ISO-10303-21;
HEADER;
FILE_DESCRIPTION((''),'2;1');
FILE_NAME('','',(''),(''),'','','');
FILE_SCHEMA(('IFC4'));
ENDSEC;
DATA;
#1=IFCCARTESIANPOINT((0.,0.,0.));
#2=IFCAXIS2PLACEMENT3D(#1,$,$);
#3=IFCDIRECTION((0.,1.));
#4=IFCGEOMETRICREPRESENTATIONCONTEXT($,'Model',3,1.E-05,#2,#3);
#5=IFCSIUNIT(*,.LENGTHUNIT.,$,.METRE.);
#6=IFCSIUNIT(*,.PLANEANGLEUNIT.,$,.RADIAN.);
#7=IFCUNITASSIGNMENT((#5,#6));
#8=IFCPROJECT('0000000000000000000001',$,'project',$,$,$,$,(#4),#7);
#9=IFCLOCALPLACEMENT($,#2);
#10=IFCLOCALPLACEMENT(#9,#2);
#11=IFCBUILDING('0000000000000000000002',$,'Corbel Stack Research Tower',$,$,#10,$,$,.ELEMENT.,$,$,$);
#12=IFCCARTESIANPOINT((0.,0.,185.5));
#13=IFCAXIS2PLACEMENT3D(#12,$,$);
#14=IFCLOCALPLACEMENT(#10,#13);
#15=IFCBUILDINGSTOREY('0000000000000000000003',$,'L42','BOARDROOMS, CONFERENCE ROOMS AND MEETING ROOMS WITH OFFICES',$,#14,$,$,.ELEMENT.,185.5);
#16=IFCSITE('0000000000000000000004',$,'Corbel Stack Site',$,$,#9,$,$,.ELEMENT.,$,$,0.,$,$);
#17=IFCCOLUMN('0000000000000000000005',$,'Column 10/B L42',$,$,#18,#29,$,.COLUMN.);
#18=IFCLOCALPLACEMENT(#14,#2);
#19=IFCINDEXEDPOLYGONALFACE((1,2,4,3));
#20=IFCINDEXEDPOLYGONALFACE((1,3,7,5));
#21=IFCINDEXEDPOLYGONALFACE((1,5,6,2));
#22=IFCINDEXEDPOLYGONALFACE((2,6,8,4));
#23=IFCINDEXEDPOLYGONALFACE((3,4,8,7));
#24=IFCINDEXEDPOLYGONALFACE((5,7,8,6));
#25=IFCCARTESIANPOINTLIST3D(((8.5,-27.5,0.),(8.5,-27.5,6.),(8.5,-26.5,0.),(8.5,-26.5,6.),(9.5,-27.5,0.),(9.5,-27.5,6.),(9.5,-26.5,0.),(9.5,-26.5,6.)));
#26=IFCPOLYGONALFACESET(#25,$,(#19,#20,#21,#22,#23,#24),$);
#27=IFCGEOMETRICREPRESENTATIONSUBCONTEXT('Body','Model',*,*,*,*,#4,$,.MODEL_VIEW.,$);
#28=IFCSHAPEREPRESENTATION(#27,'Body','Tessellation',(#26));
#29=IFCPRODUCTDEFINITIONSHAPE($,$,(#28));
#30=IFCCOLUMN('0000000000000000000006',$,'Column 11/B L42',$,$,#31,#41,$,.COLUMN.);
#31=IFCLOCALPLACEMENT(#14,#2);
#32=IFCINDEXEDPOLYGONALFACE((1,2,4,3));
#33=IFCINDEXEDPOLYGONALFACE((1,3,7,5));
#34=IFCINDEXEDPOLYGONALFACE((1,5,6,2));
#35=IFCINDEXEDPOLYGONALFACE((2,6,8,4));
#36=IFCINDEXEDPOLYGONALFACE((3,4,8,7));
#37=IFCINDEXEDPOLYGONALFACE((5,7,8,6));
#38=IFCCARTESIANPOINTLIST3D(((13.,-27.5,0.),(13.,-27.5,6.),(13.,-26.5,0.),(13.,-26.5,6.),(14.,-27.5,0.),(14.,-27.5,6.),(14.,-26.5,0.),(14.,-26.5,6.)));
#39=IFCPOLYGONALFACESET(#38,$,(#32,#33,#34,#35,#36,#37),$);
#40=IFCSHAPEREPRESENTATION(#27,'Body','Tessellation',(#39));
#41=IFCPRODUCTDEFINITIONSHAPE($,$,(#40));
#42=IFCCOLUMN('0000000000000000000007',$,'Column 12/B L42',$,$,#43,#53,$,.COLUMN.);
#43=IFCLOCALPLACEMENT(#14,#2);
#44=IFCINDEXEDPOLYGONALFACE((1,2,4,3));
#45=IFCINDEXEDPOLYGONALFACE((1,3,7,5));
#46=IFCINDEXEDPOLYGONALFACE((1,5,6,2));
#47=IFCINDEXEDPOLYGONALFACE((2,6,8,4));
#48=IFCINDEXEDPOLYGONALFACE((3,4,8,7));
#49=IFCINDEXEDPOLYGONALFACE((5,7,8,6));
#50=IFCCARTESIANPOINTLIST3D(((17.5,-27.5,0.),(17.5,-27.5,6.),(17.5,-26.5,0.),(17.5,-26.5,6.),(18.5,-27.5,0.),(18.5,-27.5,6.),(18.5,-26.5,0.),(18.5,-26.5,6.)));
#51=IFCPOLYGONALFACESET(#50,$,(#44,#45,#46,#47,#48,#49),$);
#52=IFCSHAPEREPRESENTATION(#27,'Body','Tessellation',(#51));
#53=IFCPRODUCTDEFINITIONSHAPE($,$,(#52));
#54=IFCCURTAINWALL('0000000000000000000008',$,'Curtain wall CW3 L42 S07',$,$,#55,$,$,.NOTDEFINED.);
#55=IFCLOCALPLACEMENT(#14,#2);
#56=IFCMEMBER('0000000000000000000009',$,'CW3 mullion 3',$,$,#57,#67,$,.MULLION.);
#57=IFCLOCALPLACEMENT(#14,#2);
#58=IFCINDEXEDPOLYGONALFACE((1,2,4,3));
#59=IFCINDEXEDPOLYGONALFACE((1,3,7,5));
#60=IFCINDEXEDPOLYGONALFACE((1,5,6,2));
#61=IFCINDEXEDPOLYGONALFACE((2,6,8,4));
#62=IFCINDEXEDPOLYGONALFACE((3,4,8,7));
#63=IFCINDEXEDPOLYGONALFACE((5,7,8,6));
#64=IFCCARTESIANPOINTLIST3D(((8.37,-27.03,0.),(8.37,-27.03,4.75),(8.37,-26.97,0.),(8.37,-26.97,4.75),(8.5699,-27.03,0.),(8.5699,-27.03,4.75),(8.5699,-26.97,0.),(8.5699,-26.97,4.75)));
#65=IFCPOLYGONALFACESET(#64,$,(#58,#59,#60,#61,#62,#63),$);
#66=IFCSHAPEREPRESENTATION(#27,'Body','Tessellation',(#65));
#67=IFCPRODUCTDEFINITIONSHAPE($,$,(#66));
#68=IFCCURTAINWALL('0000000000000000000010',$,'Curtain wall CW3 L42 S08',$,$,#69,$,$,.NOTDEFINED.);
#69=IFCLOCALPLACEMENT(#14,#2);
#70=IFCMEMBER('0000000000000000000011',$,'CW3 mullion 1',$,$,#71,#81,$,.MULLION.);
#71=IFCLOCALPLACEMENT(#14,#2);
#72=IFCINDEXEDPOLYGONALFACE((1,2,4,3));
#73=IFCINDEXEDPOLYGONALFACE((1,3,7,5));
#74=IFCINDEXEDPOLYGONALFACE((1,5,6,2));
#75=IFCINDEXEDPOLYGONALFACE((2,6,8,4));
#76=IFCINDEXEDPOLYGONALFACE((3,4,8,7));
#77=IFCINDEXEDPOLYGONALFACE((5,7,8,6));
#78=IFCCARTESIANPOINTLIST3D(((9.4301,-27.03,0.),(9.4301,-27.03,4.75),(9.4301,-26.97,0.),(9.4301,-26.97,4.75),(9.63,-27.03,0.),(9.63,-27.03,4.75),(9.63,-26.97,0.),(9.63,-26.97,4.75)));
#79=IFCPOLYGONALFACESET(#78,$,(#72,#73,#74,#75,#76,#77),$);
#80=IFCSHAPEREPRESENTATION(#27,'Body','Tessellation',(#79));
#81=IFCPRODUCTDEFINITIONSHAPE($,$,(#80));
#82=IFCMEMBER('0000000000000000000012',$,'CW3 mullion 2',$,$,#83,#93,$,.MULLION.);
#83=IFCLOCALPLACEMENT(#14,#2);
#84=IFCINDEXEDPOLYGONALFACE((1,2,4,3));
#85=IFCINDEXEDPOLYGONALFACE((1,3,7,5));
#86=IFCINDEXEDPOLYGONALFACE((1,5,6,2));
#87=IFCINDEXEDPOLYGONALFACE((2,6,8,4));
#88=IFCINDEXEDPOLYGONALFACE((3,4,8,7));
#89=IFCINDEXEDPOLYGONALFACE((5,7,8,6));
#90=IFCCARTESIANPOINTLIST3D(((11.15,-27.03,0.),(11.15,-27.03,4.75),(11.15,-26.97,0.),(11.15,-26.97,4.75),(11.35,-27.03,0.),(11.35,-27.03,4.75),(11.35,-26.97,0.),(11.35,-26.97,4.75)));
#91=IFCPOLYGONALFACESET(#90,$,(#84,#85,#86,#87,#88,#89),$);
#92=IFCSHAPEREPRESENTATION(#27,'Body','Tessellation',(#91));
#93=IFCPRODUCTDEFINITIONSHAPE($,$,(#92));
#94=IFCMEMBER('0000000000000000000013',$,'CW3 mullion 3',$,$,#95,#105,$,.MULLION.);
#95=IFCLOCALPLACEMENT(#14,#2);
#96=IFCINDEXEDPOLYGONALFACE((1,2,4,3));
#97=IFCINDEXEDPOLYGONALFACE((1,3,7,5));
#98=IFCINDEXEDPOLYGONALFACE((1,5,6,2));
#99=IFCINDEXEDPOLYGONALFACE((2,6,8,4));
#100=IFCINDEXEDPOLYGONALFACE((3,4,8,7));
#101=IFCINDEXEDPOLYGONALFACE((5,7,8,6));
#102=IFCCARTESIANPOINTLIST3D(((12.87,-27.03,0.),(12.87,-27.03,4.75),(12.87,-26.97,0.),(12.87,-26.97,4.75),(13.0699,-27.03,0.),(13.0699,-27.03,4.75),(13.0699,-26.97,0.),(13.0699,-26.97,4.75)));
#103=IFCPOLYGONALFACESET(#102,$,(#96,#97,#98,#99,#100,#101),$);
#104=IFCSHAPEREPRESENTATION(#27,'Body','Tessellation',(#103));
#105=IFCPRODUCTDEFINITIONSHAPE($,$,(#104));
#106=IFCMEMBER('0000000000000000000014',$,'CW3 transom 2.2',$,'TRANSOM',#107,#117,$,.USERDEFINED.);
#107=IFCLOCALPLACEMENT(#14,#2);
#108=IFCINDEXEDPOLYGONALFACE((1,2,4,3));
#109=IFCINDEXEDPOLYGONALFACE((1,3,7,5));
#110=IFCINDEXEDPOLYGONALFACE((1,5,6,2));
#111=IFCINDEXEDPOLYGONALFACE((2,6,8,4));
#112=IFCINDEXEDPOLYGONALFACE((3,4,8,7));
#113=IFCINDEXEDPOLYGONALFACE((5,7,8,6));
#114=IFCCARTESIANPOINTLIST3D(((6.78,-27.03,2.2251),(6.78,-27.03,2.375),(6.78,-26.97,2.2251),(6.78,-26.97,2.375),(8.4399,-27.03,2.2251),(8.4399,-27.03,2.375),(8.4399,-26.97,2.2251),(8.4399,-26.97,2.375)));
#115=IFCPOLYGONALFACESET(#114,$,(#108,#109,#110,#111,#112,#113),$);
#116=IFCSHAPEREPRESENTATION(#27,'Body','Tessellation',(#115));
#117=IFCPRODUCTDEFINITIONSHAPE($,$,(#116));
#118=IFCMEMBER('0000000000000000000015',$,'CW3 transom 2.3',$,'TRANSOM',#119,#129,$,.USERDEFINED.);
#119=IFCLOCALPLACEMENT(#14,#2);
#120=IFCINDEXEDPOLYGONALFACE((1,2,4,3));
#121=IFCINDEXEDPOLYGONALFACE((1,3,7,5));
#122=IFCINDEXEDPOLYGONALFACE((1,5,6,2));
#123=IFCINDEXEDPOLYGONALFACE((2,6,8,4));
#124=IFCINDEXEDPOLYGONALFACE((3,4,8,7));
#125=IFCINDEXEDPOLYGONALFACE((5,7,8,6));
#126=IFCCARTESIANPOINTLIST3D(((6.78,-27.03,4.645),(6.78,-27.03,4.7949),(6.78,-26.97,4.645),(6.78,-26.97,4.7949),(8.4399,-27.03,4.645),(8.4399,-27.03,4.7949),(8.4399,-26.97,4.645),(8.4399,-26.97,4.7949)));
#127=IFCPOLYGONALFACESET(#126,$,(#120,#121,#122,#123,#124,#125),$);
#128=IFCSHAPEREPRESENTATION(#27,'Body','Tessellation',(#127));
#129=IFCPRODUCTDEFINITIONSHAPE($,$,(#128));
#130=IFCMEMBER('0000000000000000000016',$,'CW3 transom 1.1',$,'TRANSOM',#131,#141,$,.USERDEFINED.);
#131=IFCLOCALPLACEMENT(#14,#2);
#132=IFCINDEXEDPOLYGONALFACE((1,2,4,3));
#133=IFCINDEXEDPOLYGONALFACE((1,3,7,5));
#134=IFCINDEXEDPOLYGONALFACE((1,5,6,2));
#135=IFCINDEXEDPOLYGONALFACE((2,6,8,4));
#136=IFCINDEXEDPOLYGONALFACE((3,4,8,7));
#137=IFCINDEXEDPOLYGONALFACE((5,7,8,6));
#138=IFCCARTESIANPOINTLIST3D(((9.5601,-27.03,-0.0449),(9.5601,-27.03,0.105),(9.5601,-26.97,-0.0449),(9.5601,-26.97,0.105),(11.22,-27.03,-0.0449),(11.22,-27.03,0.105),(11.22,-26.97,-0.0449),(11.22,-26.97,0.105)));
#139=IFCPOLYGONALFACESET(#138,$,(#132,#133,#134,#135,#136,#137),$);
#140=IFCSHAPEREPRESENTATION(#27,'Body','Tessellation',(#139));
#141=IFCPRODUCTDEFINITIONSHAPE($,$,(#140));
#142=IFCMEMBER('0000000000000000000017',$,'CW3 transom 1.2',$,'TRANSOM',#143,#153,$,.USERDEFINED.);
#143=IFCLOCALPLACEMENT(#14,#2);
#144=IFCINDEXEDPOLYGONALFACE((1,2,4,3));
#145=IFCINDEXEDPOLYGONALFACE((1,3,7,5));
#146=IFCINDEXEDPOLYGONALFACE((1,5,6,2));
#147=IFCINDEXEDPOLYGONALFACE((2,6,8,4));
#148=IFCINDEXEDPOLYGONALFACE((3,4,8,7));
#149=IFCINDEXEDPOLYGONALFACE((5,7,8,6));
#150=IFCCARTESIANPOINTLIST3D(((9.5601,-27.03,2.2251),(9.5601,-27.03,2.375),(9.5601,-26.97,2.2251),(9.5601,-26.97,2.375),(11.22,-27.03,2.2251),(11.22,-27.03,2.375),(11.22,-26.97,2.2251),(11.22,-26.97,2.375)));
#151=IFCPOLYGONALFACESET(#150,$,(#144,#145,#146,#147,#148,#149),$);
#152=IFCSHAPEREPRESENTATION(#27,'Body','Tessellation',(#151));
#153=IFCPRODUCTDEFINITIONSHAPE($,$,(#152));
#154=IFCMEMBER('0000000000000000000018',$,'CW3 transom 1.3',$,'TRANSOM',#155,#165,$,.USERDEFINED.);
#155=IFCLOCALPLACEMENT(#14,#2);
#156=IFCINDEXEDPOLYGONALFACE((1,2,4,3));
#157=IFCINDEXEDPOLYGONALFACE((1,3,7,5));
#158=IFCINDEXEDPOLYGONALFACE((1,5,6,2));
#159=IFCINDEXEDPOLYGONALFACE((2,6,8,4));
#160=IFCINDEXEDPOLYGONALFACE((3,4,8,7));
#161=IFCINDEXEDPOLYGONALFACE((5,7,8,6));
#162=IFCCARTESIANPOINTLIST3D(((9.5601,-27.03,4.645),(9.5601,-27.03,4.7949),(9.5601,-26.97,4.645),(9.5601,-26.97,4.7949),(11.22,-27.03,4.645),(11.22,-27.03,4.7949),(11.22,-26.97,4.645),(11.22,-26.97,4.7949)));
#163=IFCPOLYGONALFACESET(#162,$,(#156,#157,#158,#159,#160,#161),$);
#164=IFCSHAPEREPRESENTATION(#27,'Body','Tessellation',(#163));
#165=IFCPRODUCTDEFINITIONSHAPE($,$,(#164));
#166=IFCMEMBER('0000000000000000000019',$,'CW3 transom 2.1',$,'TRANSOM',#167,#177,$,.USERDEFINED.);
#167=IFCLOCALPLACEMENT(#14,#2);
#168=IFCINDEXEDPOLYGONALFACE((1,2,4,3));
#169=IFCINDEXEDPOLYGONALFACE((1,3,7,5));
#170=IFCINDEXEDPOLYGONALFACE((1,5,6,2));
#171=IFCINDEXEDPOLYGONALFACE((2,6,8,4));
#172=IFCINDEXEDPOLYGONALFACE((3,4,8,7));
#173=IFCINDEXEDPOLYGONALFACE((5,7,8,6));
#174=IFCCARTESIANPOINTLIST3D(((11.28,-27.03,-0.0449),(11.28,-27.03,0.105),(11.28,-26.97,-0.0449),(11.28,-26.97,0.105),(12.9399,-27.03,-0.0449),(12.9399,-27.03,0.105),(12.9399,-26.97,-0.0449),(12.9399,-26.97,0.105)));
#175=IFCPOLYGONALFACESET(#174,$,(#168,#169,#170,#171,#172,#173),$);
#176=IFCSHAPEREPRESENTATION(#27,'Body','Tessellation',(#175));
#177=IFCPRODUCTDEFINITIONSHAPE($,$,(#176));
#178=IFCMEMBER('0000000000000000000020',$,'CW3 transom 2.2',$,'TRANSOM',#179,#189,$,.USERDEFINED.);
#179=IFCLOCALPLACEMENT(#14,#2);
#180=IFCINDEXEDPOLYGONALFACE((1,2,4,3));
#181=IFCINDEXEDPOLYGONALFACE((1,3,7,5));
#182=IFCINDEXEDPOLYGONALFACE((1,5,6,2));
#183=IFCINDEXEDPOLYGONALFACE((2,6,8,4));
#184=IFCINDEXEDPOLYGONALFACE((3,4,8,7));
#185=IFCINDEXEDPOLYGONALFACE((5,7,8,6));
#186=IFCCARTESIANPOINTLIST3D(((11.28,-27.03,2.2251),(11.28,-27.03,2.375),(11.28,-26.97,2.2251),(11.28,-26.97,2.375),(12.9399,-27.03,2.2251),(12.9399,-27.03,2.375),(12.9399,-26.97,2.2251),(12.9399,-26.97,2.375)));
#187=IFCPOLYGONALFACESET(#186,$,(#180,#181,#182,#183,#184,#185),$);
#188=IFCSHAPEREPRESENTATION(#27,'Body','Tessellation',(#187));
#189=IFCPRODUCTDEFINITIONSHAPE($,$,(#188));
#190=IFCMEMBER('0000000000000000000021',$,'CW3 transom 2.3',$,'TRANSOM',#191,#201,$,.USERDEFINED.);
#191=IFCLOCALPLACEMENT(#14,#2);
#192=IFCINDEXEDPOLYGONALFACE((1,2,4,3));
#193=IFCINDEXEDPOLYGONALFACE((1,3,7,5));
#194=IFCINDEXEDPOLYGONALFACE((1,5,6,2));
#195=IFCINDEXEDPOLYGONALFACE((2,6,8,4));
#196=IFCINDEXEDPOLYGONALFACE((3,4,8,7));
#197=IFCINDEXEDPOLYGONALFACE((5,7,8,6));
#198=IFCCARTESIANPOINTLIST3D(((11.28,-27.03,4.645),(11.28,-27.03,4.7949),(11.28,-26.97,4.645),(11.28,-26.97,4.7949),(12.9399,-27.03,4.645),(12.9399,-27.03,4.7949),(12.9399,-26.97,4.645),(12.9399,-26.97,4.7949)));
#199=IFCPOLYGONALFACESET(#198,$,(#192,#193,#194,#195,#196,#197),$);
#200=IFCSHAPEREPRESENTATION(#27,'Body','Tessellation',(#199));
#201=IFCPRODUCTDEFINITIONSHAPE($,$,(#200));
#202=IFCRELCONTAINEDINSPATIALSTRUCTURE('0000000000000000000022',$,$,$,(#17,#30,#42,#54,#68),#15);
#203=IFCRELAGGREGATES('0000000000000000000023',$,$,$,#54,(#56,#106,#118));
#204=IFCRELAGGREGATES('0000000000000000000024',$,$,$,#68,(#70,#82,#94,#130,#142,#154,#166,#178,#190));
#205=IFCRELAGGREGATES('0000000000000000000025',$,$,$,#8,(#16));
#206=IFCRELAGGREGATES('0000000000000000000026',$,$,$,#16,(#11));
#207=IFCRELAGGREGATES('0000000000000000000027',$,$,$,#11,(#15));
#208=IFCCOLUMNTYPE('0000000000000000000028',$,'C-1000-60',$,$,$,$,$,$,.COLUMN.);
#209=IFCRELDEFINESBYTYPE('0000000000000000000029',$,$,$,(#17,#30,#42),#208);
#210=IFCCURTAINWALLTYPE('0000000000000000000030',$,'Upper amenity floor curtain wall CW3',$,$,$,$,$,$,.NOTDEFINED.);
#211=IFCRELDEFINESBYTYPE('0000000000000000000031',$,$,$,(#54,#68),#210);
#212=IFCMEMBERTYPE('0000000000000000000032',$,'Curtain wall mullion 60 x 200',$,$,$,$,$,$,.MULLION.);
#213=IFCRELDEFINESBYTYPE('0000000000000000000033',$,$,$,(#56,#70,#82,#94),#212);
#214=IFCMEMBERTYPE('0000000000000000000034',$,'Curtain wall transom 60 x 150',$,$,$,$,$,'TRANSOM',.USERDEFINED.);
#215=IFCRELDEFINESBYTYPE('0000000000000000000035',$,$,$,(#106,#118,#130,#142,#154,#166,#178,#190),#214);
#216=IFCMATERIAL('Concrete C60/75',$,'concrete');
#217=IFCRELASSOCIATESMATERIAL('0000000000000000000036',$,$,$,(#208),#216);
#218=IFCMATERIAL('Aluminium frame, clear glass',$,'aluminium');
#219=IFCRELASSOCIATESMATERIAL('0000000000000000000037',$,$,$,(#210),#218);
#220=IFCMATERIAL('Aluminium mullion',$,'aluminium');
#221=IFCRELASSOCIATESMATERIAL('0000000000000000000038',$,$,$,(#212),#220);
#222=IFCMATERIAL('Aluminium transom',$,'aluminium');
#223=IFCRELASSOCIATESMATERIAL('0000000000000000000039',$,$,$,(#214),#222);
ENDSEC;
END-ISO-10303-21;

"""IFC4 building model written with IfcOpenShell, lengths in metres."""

from ifc_helpers import new_model, si_unit, direction, frame, origin, origin_2d, place, context, subcontext, project, spatial, rectangle, extrude, material, material_profile, profile_set, type_object, element, aggregate, save


model = new_model("IFC4")

# Units and contexts
model_context = context("Model", 3, precision=1e-05, world=origin(), true_north=direction((0.0, 1.0)))
body_context = subcontext(model_context, "Body", "Model", "MODEL_VIEW")
ifc_project = project(units=[si_unit("LENGTHUNIT", "METRE"), si_unit("PLANEANGLEUNIT", "RADIAN")], contexts=[model_context])

# Site, building, storey
site_placement = place(None, origin())
site = spatial("IfcSite", under=ifc_project, at=site_placement, Name="Corbel Stack Site", CompositionType="ELEMENT", RefElevation=0.0)
building_placement = place(site_placement, origin())
building = spatial("IfcBuilding", under=site, at=building_placement, Name="Corbel Stack Research Tower", CompositionType="ELEMENT")
storey_placement = place(building_placement, frame((0.0, 0.0, 185.5)))
storey = spatial("IfcBuildingStorey", under=building, at=storey_placement, Name="L42", Description="BOARDROOMS, CONFERENCE ROOMS AND MEETING ROOMS WITH OFFICES", CompositionType="ELEMENT", Elevation=185.5)

# Columns
ifc_material_1 = material(Name="Concrete C60/75", Category="concrete")
ifc_material_profile_1 = material_profile(ifc_material_1, rectangle(XDim=1.0, YDim=1.0, at=origin_2d()), Name="RC 1000 x 1000")
ifc_profile_set_1 = profile_set([ifc_material_profile_1], Name="Concrete C60/75")
column_type = type_object("IfcColumnType", Name="C-1000-60", PredefinedType="COLUMN", material=ifc_profile_set_1)
for number, where, z_axis, x_axis, name in (
    (1, (9.0, -27.0, 0.0), (0.0, 0.0, 1.0), (1.0, 0.0, 0.0), "Column 10/B L42"),
    (2, (13.5, -27.0, 0.0), (0.0, 0.0, 1.0), (1.0, 0.0, 0.0), "Column 11/B L42"),
    (3, (18.0, -27.0, 0.0), (0.0, 0.0, 1.0), (1.0, 0.0, 0.0), "Column 12/B L42"),
):
    element("IfcColumn", number, at=place(storey_placement, frame(where, z_axis=z_axis, x_axis=x_axis)), inside=storey, type_object=column_type, Name=name, PredefinedType="COLUMN", context=body_context, shape_type="SweptSolid", body=[
        extrude(rectangle(XDim=1.0, YDim=1.0, at=origin_2d()), origin(), (0.0, 0.0, 1.0), 6.0),
    ])

# Curtain wall, member
ifc_material_2 = material(Name="Aluminium frame, clear glass", Category="aluminium")
curtain_wall_type = type_object("IfcCurtainWallType", Name="Upper amenity floor curtain wall CW3", PredefinedType="NOTDEFINED", material=ifc_material_2)
curtain_wall_1_placement = place(storey_placement, origin())
curtain_wall_1 = element("IfcCurtainWall", 4, at=curtain_wall_1_placement, inside=storey, type_object=curtain_wall_type, Name="Curtain wall CW3 L42 S07", PredefinedType="NOTDEFINED")
ifc_material_3 = material(Name="Aluminium mullion", Category="aluminium")
ifc_material_profile_2 = material_profile(ifc_material_3, rectangle(XDim=0.0601, YDim=0.2, at=origin_2d()), Name="Mullion 60 x 200")
ifc_profile_set_2 = profile_set([ifc_material_profile_2], Name="Aluminium mullion")
member_type_1 = type_object("IfcMemberType", Name="Curtain wall mullion 60 x 200", PredefinedType="MULLION", material=ifc_profile_set_2)
member_1_placement = place(storey_placement, frame((8.47, -27.0, 0.0), z_axis=(0.0, 0.0, 1.0), x_axis=(0.0, 1.0, 0.0)))
member_1 = element("IfcMember", 5, at=member_1_placement, type_object=member_type_1, Name="CW3 mullion 3", PredefinedType="MULLION", context=body_context, shape_type="SweptSolid", body=[
    extrude(rectangle(XDim=0.0601, YDim=0.2, at=origin_2d()), origin(), (0.0, 0.0, 1.0), 4.75),
])

# Curtain wall, members
curtain_wall_2_placement = place(storey_placement, origin())
curtain_wall_2 = element("IfcCurtainWall", 6, at=curtain_wall_2_placement, inside=storey, type_object=curtain_wall_type, Name="Curtain wall CW3 L42 S08", PredefinedType="NOTDEFINED")
member_2_placement = place(storey_placement, frame((9.53, -27.0, 0.0), z_axis=(0.0, 0.0, 1.0), x_axis=(0.0, 1.0, 0.0)))
member_2 = element("IfcMember", 7, at=member_2_placement, type_object=member_type_1, Name="CW3 mullion 1", PredefinedType="MULLION", context=body_context, shape_type="SweptSolid", body=[
    extrude(rectangle(XDim=0.0601, YDim=0.2, at=origin_2d()), origin(), (0.0, 0.0, 1.0), 4.75),
])
member_3_placement = place(storey_placement, frame((11.25, -27.0, 0.0), z_axis=(0.0, 0.0, 1.0), x_axis=(0.0, 1.0, 0.0)))
member_3 = element("IfcMember", 8, at=member_3_placement, type_object=member_type_1, Name="CW3 mullion 2", PredefinedType="MULLION", context=body_context, shape_type="SweptSolid", body=[
    extrude(rectangle(XDim=0.0601, YDim=0.2, at=origin_2d()), origin(), (0.0, 0.0, 1.0), 4.75),
])
member_4_placement = place(storey_placement, frame((12.97, -27.0, 0.0), z_axis=(0.0, 0.0, 1.0), x_axis=(0.0, 1.0, 0.0)))
member_4 = element("IfcMember", 9, at=member_4_placement, type_object=member_type_1, Name="CW3 mullion 3", PredefinedType="MULLION", context=body_context, shape_type="SweptSolid", body=[
    extrude(rectangle(XDim=0.0601, YDim=0.2, at=origin_2d()), origin(), (0.0, 0.0, 1.0), 4.75),
])

# Members
ifc_material_4 = material(Name="Aluminium transom", Category="aluminium")
ifc_material_profile_3 = material_profile(ifc_material_4, rectangle(XDim=0.0601, YDim=0.1499, at=origin_2d()), Name="Transom 60 x 150")
ifc_profile_set_3 = profile_set([ifc_material_profile_3], Name="Aluminium transom")
member_type_2 = type_object("IfcMemberType", Name="Curtain wall transom 60 x 150", ElementType="TRANSOM", PredefinedType="USERDEFINED", material=ifc_profile_set_3)
member_5_placement = place(storey_placement, frame((6.78, -27.0, 2.3), z_axis=(1.0, 0.0, 0.0), x_axis=(0.0, 1.0, 0.0)))
member_5 = element("IfcMember", 10, at=member_5_placement, type_object=member_type_2, Name="CW3 transom 2.2", ObjectType="TRANSOM", PredefinedType="USERDEFINED", context=body_context, shape_type="SweptSolid", body=[
    extrude(rectangle(XDim=0.0601, YDim=0.1499, at=origin_2d()), origin(), (0.0, 0.0, 1.0), 1.6599),
])
member_6_placement = place(storey_placement, frame((6.78, -27.0, 4.72), z_axis=(1.0, 0.0, 0.0), x_axis=(0.0, 1.0, 0.0)))
member_6 = element("IfcMember", 11, at=member_6_placement, type_object=member_type_2, Name="CW3 transom 2.3", ObjectType="TRANSOM", PredefinedType="USERDEFINED", context=body_context, shape_type="SweptSolid", body=[
    extrude(rectangle(XDim=0.0601, YDim=0.1499, at=origin_2d()), origin(), (0.0, 0.0, 1.0), 1.6599),
])
member_7_placement = place(storey_placement, frame((9.5601, -27.0, 0.03), z_axis=(1.0, 0.0, 0.0), x_axis=(0.0, 1.0, 0.0)))
member_7 = element("IfcMember", 12, at=member_7_placement, type_object=member_type_2, Name="CW3 transom 1.1", ObjectType="TRANSOM", PredefinedType="USERDEFINED", context=body_context, shape_type="SweptSolid", body=[
    extrude(rectangle(XDim=0.0601, YDim=0.1499, at=origin_2d()), origin(), (0.0, 0.0, 1.0), 1.6599),
])
member_8_placement = place(storey_placement, frame((9.5601, -27.0, 2.3), z_axis=(1.0, 0.0, 0.0), x_axis=(0.0, 1.0, 0.0)))
member_8 = element("IfcMember", 13, at=member_8_placement, type_object=member_type_2, Name="CW3 transom 1.2", ObjectType="TRANSOM", PredefinedType="USERDEFINED", context=body_context, shape_type="SweptSolid", body=[
    extrude(rectangle(XDim=0.0601, YDim=0.1499, at=origin_2d()), origin(), (0.0, 0.0, 1.0), 1.6599),
])
member_9_placement = place(storey_placement, frame((9.5601, -27.0, 4.72), z_axis=(1.0, 0.0, 0.0), x_axis=(0.0, 1.0, 0.0)))
member_9 = element("IfcMember", 14, at=member_9_placement, type_object=member_type_2, Name="CW3 transom 1.3", ObjectType="TRANSOM", PredefinedType="USERDEFINED", context=body_context, shape_type="SweptSolid", body=[
    extrude(rectangle(XDim=0.0601, YDim=0.1499, at=origin_2d()), origin(), (0.0, 0.0, 1.0), 1.6599),
])
member_10_placement = place(storey_placement, frame((11.28, -27.0, 0.03), z_axis=(1.0, 0.0, 0.0), x_axis=(0.0, 1.0, 0.0)))
member_10 = element("IfcMember", 15, at=member_10_placement, type_object=member_type_2, Name="CW3 transom 2.1", ObjectType="TRANSOM", PredefinedType="USERDEFINED", context=body_context, shape_type="SweptSolid", body=[
    extrude(rectangle(XDim=0.0601, YDim=0.1499, at=origin_2d()), origin(), (0.0, 0.0, 1.0), 1.6599),
])
member_11_placement = place(storey_placement, frame((11.28, -27.0, 2.3), z_axis=(1.0, 0.0, 0.0), x_axis=(0.0, 1.0, 0.0)))
member_11 = element("IfcMember", 16, at=member_11_placement, type_object=member_type_2, Name="CW3 transom 2.2", ObjectType="TRANSOM", PredefinedType="USERDEFINED", context=body_context, shape_type="SweptSolid", body=[
    extrude(rectangle(XDim=0.0601, YDim=0.1499, at=origin_2d()), origin(), (0.0, 0.0, 1.0), 1.6599),
])
member_12_placement = place(storey_placement, frame((11.28, -27.0, 4.72), z_axis=(1.0, 0.0, 0.0), x_axis=(0.0, 1.0, 0.0)))
member_12 = element("IfcMember", 17, at=member_12_placement, type_object=member_type_2, Name="CW3 transom 2.3", ObjectType="TRANSOM", PredefinedType="USERDEFINED", context=body_context, shape_type="SweptSolid", body=[
    extrude(rectangle(XDim=0.0601, YDim=0.1499, at=origin_2d()), origin(), (0.0, 0.0, 1.0), 1.6599),
])

aggregate(curtain_wall_1, [member_1, member_5, member_6])
aggregate(curtain_wall_2, [member_2, member_3, member_4, member_7, member_8, member_9, member_10, member_11, member_12])

save(model, "model.ifc")
